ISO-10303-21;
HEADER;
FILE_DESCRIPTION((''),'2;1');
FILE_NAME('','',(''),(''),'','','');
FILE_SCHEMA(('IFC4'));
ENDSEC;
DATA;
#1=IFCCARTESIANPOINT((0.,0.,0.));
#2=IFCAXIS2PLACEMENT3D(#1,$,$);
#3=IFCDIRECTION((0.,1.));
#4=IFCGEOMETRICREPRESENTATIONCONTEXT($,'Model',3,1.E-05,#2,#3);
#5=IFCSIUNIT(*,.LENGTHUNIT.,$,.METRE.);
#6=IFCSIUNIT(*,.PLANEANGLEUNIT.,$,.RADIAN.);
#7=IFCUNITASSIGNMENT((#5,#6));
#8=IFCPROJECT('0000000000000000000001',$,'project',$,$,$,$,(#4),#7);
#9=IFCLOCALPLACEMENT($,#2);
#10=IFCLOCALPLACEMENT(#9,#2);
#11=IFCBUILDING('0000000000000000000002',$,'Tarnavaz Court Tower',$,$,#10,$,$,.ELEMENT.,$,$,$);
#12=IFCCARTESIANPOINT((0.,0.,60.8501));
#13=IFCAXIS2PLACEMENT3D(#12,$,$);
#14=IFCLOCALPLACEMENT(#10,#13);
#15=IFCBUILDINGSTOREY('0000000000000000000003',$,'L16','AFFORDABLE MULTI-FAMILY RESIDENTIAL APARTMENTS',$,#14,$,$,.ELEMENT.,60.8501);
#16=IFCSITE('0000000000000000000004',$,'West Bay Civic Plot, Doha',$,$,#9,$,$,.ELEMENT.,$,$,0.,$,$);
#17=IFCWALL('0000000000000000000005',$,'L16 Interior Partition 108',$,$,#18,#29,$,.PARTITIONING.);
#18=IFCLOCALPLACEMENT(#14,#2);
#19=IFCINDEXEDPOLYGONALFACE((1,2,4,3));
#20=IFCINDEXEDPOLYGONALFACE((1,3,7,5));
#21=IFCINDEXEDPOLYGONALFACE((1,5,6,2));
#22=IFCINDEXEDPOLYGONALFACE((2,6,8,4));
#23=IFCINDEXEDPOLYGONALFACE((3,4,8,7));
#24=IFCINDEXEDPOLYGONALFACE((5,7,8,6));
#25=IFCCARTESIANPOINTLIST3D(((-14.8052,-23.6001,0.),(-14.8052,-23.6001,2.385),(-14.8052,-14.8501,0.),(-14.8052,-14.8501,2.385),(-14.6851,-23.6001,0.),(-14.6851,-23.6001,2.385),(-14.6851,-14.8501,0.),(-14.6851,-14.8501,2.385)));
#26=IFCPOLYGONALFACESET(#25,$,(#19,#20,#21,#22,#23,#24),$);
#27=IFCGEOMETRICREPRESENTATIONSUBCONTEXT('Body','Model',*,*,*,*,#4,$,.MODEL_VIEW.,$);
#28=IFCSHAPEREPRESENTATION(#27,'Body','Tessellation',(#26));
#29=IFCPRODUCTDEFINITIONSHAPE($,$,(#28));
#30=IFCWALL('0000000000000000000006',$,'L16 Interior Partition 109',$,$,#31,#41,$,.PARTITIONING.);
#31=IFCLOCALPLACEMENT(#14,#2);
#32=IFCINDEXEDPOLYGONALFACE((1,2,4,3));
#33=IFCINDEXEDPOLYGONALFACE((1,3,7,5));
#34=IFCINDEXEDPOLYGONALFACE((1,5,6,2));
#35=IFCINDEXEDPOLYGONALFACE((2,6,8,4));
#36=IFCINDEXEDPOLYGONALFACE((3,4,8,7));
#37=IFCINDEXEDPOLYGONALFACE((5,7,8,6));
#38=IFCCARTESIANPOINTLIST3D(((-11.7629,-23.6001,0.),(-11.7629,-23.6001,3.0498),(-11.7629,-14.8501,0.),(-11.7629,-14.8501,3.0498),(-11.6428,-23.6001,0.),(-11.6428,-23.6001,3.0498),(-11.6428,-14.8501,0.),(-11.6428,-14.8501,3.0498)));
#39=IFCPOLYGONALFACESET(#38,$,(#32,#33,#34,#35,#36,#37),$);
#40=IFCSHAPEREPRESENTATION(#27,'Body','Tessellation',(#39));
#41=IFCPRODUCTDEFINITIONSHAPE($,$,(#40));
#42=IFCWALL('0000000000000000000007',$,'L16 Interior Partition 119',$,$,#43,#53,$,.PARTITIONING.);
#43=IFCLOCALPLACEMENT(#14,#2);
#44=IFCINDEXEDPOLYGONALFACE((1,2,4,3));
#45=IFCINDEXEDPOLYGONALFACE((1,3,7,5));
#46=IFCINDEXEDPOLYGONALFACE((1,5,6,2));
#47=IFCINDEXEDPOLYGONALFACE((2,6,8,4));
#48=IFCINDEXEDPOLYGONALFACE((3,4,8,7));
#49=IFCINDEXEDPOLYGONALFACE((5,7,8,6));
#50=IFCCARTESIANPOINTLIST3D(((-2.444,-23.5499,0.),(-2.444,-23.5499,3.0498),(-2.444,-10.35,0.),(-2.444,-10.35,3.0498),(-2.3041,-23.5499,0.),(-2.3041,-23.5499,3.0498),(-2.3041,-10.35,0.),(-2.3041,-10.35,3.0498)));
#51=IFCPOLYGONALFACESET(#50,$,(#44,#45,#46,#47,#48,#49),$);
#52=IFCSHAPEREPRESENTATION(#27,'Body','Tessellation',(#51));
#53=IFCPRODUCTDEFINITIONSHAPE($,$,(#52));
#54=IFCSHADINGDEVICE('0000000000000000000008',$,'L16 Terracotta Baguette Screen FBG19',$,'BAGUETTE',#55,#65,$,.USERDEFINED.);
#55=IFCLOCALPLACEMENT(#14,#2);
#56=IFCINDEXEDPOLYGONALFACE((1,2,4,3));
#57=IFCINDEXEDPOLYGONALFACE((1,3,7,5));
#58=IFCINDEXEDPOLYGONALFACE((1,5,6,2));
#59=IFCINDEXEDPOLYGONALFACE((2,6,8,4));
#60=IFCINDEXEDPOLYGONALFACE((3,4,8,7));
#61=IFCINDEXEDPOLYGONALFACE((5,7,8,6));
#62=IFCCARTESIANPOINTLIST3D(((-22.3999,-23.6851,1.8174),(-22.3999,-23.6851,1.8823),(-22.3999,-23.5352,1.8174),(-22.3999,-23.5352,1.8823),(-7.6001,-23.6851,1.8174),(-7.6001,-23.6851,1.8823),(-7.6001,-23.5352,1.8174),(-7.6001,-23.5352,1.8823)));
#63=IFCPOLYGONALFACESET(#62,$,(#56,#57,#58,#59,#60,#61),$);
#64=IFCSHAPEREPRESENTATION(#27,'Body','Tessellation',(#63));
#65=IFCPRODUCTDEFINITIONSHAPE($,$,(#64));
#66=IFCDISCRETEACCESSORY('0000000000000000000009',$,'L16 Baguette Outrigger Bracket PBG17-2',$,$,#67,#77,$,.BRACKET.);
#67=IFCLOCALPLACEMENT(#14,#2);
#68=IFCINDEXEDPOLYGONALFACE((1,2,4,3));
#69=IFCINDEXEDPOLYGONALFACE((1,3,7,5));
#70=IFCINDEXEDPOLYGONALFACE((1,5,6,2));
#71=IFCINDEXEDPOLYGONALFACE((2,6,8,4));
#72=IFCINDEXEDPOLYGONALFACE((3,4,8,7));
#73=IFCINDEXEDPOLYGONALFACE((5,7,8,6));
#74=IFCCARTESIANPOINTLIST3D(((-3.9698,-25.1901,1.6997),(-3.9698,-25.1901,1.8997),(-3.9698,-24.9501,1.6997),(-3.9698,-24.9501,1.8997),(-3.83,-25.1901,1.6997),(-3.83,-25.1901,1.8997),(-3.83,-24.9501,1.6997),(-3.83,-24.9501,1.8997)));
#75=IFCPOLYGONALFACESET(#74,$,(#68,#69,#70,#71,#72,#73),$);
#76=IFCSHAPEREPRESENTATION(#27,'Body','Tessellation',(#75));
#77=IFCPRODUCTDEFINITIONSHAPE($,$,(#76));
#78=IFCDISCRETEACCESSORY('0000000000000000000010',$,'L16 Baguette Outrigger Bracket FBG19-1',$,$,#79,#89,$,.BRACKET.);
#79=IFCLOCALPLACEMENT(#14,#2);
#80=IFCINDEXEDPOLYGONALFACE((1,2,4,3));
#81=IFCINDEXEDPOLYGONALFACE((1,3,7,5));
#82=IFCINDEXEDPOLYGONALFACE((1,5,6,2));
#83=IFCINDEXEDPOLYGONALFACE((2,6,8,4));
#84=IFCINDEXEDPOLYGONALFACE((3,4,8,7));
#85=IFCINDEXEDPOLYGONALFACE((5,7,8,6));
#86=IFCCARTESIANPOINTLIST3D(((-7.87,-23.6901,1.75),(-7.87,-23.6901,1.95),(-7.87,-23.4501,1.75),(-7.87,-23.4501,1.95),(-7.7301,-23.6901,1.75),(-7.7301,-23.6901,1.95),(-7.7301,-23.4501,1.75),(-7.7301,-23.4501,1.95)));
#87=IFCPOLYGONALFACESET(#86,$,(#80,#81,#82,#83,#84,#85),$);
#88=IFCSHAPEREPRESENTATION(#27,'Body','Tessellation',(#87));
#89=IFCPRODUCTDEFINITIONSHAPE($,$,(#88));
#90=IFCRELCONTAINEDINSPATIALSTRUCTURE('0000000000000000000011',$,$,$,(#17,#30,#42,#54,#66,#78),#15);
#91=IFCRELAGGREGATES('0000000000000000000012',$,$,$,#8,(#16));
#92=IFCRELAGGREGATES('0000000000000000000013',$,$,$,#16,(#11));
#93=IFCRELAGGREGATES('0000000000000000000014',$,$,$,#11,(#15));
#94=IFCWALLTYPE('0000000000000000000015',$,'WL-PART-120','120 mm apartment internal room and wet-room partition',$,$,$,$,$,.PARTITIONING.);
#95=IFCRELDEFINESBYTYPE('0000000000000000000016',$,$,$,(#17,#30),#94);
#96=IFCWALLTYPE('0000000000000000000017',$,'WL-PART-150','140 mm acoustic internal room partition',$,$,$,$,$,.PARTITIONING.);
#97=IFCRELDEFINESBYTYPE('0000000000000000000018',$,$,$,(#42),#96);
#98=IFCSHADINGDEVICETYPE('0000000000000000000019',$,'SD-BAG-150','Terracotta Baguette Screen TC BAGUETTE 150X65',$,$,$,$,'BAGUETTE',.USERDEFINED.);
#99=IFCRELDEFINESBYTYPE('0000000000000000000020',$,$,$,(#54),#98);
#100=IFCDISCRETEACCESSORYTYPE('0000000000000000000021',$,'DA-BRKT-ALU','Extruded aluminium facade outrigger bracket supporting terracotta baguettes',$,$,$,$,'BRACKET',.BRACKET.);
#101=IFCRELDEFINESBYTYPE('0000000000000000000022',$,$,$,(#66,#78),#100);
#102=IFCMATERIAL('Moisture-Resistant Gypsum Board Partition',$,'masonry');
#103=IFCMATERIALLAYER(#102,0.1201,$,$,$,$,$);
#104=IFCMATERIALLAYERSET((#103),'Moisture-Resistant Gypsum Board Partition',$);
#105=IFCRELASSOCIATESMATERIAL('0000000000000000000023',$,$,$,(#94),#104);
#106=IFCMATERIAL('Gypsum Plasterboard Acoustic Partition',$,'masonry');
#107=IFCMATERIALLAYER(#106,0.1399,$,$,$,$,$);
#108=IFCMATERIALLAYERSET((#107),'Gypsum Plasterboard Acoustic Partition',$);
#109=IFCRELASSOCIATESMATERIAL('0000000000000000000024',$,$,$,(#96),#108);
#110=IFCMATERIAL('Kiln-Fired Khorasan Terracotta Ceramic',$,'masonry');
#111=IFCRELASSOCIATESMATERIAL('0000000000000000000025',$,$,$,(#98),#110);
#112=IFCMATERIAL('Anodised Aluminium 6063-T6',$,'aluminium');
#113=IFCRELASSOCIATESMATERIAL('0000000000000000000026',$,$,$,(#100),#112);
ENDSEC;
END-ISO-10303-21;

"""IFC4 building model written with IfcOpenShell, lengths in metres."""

from ifc_helpers import new_model, si_unit, direction, frame, frame_2d, origin, origin_2d, place, context, subcontext, project, spatial, rectangle, extrude, material, layer, layer_set, material_profile, profile_set, type_object, element, save


model = new_model("IFC4")

# Units and contexts
model_context = context("Model", 3, precision=1e-05, world=origin(), true_north=direction((0.0, 1.0)))
body_context = subcontext(model_context, "Body", "Model", "MODEL_VIEW")
ifc_project = project(units=[si_unit("LENGTHUNIT", "METRE"), si_unit("PLANEANGLEUNIT", "RADIAN")], contexts=[model_context])

# Site, building, storey
site_placement = place(None, origin())
site = spatial("IfcSite", under=ifc_project, at=site_placement, Name="West Bay Civic Plot, Doha", CompositionType="ELEMENT", RefElevation=0.0)
building_placement = place(site_placement, origin())
building = spatial("IfcBuilding", under=site, at=building_placement, Name="Tarnavaz Court Tower", CompositionType="ELEMENT")
storey_placement = place(building_placement, frame((0.0, 0.0, 60.8501)))
storey = spatial("IfcBuildingStorey", under=building, at=storey_placement, Name="L16", Description="AFFORDABLE MULTI-FAMILY RESIDENTIAL APARTMENTS", CompositionType="ELEMENT", Elevation=60.8501)

# Shared definitions
ifc_material_1 = material(Name="Anodised Aluminium 6063-T6", Category="aluminium")

# Walls
ifc_material_2 = material(Name="Moisture-Resistant Gypsum Board Partition", Category="masonry")
ifc_layer_1 = layer(ifc_material_2, 0.1201)
ifc_layer_set_1 = layer_set([ifc_layer_1], Name="Moisture-Resistant Gypsum Board Partition")
wall_type_1 = type_object("IfcWallType", Name="WL-PART-120", Description="120 mm apartment internal room and wet-room partition", PredefinedType="PARTITIONING", material=ifc_layer_set_1)
wall_1_placement = place(storey_placement, frame((-14.7451, -23.6001, 0.0), z_axis=(0.0, 0.0, 1.0), x_axis=(0.0, 1.0, 0.0)))
element("IfcWall", 1, at=wall_1_placement, inside=storey, type_object=wall_type_1, Name="L16 Interior Partition 108", PredefinedType="PARTITIONING", context=body_context, shape_type="SweptSolid", body=[
    extrude(rectangle(XDim=8.75, YDim=0.1201, at=frame_2d((4.375, 0.0))), origin(), (0.0, 0.0, 1.0), 2.385),
])
wall_2_placement = place(storey_placement, frame((-11.7029, -23.6001, 0.0), z_axis=(0.0, 0.0, 1.0), x_axis=(0.0, 1.0, 0.0)))
element("IfcWall", 2, at=wall_2_placement, inside=storey, type_object=wall_type_1, Name="L16 Interior Partition 109", PredefinedType="PARTITIONING", context=body_context, shape_type="SweptSolid", body=[
    extrude(rectangle(XDim=8.75, YDim=0.1201, at=frame_2d((4.375, 0.0))), origin(), (0.0, 0.0, 1.0), 3.0498),
])
ifc_material_3 = material(Name="Gypsum Plasterboard Acoustic Partition", Category="masonry")
ifc_layer_2 = layer(ifc_material_3, 0.1399)
ifc_layer_set_2 = layer_set([ifc_layer_2], Name="Gypsum Plasterboard Acoustic Partition")
wall_type_2 = type_object("IfcWallType", Name="WL-PART-150", Description="140 mm acoustic internal room partition", PredefinedType="PARTITIONING", material=ifc_layer_set_2)
wall_3_placement = place(storey_placement, frame((-2.374, -23.55, 0.0), z_axis=(0.0, 0.0, 1.0), x_axis=(0.0, 1.0, 0.0)))
element("IfcWall", 3, at=wall_3_placement, inside=storey, type_object=wall_type_2, Name="L16 Interior Partition 119", PredefinedType="PARTITIONING", context=body_context, shape_type="SweptSolid", body=[
    extrude(rectangle(XDim=13.2, YDim=0.1399, at=frame_2d((6.6001, 0.0))), origin(), (0.0, 0.0, 1.0), 3.0498),
])

# Shading device
ifc_material_4 = material(Name="Kiln-Fired Khorasan Terracotta Ceramic", Category="masonry")
ifc_material_profile_1 = material_profile(ifc_material_4, rectangle(XDim=0.1499, YDim=0.0649, at=origin_2d()), Name="TC BAGUETTE 150X65")
ifc_profile_set_1 = profile_set([ifc_material_profile_1], Name="Kiln-Fired Khorasan Terracotta Ceramic")
shading_device_type = type_object("IfcShadingDeviceType", Name="SD-BAG-150", Description="Terracotta Baguette Screen TC BAGUETTE 150X65", ElementType="BAGUETTE", PredefinedType="USERDEFINED", material=ifc_profile_set_1)
shading_device_placement = place(storey_placement, frame((-7.6001, -23.6101, 1.8499), z_axis=(-1.0, 0.0, 0.0), x_axis=(0.0, -1.0, 0.0)))
element("IfcShadingDevice", 4, at=shading_device_placement, inside=storey, type_object=shading_device_type, Name="L16 Terracotta Baguette Screen FBG19", ObjectType="BAGUETTE", PredefinedType="USERDEFINED", context=body_context, shape_type="SweptSolid", body=[
    extrude(rectangle(XDim=0.1499, YDim=0.0649, at=origin_2d()), origin(), (0.0, 0.0, 1.0), 14.7998),
])

# Discrete accessories
discrete_accessory_type = type_object("IfcDiscreteAccessoryType", Name="DA-BRKT-ALU", Description="Extruded aluminium facade outrigger bracket supporting terracotta baguettes", ElementType="BRACKET", PredefinedType="BRACKET", material=ifc_material_1)
for number, where, z_axis, x_axis, name in (
    (5, (-3.8999, -25.0701, 1.6997), (0.0, 0.0, 1.0), (-1.0, 0.0, 0.0), "L16 Baguette Outrigger Bracket PBG17-2"),
    (6, (-7.8, -23.5701, 1.75), (0.0, 0.0, 1.0), (-1.0, 0.0, 0.0), "L16 Baguette Outrigger Bracket FBG19-1"),
):
    element("IfcDiscreteAccessory", number, at=place(storey_placement, frame(where, z_axis=z_axis, x_axis=x_axis)), inside=storey, type_object=discrete_accessory_type, Name=name, PredefinedType="BRACKET", context=body_context, shape_type="SweptSolid", body=[
        extrude(rectangle(XDim=0.1399, YDim=0.24, at=origin_2d()), origin(), (0.0, 0.0, 1.0), 0.2),
    ])

save(model, "model.ifc")
